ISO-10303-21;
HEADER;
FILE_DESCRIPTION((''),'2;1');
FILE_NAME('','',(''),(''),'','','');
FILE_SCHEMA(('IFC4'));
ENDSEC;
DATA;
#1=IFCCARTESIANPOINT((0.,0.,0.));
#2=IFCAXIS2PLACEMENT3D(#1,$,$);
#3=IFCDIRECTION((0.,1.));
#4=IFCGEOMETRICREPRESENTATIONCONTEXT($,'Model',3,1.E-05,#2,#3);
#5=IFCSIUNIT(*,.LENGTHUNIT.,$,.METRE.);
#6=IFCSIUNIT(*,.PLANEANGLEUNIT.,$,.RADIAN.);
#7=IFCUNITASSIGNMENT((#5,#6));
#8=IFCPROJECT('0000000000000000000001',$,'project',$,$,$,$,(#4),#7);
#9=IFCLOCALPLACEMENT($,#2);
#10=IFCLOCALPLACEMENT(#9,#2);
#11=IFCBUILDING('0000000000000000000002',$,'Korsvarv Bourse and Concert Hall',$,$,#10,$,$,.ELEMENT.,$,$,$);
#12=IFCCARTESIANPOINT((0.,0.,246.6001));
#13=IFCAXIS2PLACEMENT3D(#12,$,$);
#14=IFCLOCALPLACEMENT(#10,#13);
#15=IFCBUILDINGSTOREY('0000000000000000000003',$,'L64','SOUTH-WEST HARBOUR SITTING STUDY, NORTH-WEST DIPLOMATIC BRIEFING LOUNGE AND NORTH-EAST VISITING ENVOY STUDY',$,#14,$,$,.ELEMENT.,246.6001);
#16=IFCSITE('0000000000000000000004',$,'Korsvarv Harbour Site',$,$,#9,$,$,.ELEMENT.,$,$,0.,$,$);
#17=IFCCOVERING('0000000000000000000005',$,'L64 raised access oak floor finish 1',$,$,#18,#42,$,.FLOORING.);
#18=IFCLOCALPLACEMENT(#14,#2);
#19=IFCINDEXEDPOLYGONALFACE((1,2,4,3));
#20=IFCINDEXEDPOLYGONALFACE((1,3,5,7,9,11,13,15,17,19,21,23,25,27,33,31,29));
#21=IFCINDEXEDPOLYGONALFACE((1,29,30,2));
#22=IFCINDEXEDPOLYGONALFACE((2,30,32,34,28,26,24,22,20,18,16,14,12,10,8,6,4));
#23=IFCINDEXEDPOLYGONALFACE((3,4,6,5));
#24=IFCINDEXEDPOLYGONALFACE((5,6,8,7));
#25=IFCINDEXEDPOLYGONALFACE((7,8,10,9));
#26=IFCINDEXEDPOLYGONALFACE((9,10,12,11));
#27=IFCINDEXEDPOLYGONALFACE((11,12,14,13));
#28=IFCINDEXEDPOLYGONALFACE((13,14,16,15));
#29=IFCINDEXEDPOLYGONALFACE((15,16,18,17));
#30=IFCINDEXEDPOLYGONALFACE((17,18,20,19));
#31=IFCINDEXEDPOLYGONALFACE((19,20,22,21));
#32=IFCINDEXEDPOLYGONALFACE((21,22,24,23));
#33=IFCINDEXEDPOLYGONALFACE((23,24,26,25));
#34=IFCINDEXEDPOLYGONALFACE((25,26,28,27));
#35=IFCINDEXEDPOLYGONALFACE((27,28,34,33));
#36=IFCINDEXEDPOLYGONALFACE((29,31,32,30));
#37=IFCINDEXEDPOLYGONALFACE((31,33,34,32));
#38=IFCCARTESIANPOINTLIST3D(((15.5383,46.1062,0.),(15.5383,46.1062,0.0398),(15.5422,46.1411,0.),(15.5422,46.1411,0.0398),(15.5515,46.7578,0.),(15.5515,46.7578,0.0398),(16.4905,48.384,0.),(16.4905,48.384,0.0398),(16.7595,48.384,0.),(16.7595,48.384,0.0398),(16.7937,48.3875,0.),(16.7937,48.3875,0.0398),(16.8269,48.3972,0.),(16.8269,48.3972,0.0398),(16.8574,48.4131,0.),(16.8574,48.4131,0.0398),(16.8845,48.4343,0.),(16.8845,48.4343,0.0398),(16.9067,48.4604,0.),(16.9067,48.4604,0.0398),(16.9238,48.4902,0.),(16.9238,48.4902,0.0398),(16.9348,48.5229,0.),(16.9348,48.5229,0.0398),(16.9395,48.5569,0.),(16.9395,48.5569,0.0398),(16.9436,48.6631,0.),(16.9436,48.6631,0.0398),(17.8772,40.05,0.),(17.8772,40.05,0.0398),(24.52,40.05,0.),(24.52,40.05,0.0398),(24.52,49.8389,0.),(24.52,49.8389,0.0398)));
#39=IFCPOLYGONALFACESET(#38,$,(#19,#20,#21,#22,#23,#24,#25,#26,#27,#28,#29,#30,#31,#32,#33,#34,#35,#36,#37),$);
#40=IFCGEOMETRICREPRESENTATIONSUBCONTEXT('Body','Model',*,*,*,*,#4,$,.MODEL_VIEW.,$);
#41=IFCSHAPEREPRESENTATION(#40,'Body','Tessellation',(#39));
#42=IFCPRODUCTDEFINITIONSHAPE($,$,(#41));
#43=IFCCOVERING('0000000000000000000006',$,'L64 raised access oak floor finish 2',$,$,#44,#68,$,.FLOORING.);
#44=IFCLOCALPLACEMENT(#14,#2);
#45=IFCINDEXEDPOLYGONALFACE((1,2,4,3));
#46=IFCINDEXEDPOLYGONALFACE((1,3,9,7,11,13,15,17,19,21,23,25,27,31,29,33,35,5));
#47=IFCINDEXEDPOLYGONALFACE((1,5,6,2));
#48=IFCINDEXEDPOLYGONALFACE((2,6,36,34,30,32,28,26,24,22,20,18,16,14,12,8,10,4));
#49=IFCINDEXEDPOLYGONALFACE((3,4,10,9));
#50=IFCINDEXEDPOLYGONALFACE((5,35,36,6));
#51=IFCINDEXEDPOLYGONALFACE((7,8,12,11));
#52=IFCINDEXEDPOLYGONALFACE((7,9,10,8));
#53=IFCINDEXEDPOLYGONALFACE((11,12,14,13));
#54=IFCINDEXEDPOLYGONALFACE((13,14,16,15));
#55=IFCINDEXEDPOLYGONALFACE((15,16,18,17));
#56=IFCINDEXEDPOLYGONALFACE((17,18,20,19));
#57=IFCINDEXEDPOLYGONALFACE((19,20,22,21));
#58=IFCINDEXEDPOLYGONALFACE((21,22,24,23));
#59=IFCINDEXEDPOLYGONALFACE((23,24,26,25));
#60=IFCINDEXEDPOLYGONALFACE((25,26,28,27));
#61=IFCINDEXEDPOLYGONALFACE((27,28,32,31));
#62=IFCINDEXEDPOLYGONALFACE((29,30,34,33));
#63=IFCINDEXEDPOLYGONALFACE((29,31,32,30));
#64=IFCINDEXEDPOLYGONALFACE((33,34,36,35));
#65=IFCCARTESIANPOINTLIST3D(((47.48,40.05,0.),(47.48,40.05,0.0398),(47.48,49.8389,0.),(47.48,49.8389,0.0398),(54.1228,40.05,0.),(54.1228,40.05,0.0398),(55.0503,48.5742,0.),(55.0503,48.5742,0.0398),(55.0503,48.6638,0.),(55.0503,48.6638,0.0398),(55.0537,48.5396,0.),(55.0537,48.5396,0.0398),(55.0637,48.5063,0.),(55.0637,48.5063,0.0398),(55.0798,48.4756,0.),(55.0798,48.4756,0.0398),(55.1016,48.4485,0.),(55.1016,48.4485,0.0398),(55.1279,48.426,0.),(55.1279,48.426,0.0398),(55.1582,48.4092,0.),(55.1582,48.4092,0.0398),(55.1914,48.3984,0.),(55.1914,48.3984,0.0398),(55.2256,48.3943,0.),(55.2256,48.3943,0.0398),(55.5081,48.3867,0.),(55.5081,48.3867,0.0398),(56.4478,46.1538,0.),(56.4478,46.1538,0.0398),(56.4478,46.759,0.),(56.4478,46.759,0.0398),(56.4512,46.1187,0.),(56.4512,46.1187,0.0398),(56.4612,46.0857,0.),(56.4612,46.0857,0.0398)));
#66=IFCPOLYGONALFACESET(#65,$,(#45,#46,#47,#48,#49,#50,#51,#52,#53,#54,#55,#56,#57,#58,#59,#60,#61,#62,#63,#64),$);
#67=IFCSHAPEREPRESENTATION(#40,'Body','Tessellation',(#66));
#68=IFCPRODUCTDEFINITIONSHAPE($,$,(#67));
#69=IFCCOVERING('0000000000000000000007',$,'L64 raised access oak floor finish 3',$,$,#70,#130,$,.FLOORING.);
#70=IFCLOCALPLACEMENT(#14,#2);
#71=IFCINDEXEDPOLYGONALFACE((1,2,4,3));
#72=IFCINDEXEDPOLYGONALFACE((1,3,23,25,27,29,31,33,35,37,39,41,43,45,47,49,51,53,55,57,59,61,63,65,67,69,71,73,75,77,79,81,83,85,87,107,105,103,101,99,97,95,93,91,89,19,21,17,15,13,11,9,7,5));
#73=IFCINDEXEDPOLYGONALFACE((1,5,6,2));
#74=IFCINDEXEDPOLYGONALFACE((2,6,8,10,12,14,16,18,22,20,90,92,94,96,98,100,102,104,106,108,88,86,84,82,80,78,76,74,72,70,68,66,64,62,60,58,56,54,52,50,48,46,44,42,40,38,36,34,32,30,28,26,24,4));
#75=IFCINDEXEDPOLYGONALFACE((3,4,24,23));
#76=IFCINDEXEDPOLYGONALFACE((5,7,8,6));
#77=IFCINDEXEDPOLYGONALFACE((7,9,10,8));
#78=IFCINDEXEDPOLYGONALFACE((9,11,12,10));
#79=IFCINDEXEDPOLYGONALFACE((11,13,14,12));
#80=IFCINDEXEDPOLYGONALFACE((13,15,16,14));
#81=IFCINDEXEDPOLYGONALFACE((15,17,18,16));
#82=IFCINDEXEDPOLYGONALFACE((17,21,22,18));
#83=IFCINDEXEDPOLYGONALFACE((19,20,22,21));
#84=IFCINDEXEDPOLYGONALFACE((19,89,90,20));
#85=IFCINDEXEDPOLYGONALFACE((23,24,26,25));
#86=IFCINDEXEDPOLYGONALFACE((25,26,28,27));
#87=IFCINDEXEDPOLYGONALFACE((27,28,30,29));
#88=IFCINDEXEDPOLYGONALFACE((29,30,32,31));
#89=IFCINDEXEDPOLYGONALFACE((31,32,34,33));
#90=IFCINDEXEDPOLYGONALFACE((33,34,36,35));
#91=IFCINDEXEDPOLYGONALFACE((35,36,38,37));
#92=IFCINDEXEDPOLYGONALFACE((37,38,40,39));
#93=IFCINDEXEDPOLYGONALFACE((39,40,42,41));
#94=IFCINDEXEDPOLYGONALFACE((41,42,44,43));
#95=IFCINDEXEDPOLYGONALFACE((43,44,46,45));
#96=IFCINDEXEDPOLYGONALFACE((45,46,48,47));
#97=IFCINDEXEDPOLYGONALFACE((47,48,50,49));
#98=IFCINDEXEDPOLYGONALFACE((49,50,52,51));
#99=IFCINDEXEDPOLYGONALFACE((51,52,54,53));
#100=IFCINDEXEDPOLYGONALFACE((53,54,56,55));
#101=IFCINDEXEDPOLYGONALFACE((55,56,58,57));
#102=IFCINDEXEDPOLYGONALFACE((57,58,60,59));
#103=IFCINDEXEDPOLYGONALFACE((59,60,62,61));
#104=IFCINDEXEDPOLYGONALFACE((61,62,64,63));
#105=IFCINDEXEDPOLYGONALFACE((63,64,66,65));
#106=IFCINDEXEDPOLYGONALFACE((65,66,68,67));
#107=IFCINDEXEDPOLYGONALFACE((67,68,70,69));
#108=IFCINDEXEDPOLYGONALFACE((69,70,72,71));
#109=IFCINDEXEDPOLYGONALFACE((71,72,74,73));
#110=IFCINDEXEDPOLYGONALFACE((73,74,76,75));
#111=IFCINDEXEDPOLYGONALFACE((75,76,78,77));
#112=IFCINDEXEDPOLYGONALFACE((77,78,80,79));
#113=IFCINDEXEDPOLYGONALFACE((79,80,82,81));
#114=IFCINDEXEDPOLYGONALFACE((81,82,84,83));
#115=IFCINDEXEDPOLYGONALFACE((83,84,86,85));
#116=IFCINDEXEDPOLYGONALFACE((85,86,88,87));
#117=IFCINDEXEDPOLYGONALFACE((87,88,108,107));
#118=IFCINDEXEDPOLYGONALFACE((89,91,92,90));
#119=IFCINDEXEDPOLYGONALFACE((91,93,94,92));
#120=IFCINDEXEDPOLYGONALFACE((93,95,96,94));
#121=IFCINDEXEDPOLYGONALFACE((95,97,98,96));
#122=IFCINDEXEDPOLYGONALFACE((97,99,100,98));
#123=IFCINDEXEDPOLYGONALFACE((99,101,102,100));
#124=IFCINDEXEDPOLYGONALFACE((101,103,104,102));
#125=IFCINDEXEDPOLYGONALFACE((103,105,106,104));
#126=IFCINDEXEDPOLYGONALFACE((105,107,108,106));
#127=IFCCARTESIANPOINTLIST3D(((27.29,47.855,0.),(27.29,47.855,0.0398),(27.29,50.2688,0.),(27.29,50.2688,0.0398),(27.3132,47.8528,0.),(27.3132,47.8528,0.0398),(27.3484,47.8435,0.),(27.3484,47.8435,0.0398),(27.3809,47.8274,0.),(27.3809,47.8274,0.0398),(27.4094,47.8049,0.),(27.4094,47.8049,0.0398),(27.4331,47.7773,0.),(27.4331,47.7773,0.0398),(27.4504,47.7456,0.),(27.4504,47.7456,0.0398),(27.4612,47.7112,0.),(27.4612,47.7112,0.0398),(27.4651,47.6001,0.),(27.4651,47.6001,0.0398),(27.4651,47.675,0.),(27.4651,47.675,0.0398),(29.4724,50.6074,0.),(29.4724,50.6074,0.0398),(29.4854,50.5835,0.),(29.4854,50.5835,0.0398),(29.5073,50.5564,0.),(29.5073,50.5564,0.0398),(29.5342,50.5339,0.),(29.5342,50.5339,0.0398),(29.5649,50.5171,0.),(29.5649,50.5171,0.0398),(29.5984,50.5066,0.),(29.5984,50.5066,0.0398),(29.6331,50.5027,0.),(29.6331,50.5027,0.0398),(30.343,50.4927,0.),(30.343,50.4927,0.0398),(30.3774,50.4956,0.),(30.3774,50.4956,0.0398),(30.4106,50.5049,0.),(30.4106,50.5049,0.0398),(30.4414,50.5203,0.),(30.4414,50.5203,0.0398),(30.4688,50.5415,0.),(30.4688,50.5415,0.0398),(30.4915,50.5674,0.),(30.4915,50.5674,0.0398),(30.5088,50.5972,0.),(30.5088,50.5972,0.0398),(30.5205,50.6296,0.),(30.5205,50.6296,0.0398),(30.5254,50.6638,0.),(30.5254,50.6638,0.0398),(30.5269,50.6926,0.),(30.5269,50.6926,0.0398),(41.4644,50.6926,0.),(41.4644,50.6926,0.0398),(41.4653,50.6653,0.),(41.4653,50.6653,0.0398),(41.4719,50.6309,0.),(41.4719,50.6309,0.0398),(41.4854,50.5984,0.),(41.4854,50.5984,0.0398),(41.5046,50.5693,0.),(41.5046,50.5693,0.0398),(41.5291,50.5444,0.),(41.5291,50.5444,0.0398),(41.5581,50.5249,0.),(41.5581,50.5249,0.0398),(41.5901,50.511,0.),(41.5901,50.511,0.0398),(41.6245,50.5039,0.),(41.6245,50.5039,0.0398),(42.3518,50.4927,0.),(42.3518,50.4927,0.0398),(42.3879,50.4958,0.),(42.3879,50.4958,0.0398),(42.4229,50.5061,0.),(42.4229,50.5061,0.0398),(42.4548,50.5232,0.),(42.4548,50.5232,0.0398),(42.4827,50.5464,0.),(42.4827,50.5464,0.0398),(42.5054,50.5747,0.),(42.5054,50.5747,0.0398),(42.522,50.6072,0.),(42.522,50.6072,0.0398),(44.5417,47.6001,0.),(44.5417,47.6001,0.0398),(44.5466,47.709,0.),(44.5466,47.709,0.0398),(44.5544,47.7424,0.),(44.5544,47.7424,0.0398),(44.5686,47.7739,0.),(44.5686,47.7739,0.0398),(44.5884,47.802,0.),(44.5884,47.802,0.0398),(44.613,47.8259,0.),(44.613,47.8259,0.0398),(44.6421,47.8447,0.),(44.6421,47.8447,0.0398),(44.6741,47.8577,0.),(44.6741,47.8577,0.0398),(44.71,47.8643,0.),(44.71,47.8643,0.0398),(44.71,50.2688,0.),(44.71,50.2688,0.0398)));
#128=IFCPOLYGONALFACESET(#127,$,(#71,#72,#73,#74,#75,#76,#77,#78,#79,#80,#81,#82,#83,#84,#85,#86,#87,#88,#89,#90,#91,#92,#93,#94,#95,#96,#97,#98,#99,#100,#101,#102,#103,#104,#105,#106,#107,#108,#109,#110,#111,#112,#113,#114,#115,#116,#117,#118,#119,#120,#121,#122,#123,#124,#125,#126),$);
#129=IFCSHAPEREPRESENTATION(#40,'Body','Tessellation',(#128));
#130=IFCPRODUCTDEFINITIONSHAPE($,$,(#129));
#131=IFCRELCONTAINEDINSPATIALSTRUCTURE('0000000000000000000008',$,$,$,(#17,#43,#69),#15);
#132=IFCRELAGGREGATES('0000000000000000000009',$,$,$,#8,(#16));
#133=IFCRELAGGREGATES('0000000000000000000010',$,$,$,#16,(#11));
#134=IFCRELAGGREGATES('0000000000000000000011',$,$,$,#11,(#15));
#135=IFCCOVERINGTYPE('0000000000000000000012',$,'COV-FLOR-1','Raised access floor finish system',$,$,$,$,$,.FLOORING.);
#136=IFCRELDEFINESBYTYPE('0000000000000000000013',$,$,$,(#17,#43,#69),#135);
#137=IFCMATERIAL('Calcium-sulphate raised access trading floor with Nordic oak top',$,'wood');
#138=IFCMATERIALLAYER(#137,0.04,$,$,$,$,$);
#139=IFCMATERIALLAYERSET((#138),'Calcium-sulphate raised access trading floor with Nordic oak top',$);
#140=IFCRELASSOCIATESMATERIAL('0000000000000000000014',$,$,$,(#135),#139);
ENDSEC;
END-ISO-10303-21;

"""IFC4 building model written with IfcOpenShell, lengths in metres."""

from ifc_helpers import new_model, si_unit, direction, frame, origin, place, context, subcontext, project, spatial, polyline, outline, extrude, material, layer, layer_set, type_object, element, save


model = new_model("IFC4")

# Units and contexts
model_context = context("Model", 3, precision=1e-05, world=origin(), true_north=direction((0.0, 1.0)))
body_context = subcontext(model_context, "Body", "Model", "MODEL_VIEW")
ifc_project = project(units=[si_unit("LENGTHUNIT", "METRE"), si_unit("PLANEANGLEUNIT", "RADIAN")], contexts=[model_context])

# Site, building, storey
site_placement = place(None, origin())
site = spatial("IfcSite", under=ifc_project, at=site_placement, Name="Korsvarv Harbour Site", CompositionType="ELEMENT", RefElevation=0.0)
building_placement = place(site_placement, origin())
building = spatial("IfcBuilding", under=site, at=building_placement, Name="Korsvarv Bourse and Concert Hall", CompositionType="ELEMENT")
storey_placement = place(building_placement, frame((0.0, 0.0, 246.6001)))
storey = spatial("IfcBuildingStorey", under=building, at=storey_placement, Name="L64", Description="SOUTH-WEST HARBOUR SITTING STUDY, NORTH-WEST DIPLOMATIC BRIEFING LOUNGE AND NORTH-EAST VISITING ENVOY STUDY", CompositionType="ELEMENT", Elevation=246.6001)

# Coverings
ifc_material_1 = material(Name="Calcium-sulphate raised access trading floor with Nordic oak top", Category="wood")
ifc_layer_1 = layer(ifc_material_1, 0.04)
ifc_layer_set_1 = layer_set([ifc_layer_1], Name="Calcium-sulphate raised access trading floor with Nordic oak top")
covering_type_1 = type_object("IfcCoveringType", Name="COV-FLOR-1", Description="Raised access floor finish system", PredefinedType="FLOORING", material=ifc_layer_set_1)
covering_1_placement = place(storey_placement, origin())
element("IfcCovering", 1, at=covering_1_placement, inside=storey, type_object=covering_type_1, Name="L64 raised access oak floor finish 1", PredefinedType="FLOORING", context=body_context, shape_type="SweptSolid", body=[
    extrude(outline(polyline([(15.5383, 46.1062), (15.5422, 46.1411), (15.5515, 46.7578), (16.4905, 48.384), (16.7595, 48.384), (16.7937, 48.3875), (16.8269, 48.3972), (16.8574, 48.4131), (16.8845, 48.4343), (16.9067, 48.4604), (16.9238, 48.4902), (16.9348, 48.5229), (16.9395, 48.5569), (16.9436, 48.6631), (24.52, 49.8389), (24.52, 40.05), (17.8772, 40.05), (15.5383, 46.1062)])), origin(), (0.0, 0.0, 1.0), 0.0398),
])
covering_2_placement = place(storey_placement, origin())
element("IfcCovering", 2, at=covering_2_placement, inside=storey, type_object=covering_type_1, Name="L64 raised access oak floor finish 2", PredefinedType="FLOORING", context=body_context, shape_type="SweptSolid", body=[
    extrude(outline(polyline([(55.0503, 48.5742), (55.0537, 48.5396), (55.0637, 48.5063), (55.0798, 48.4756), (55.1016, 48.4485), (55.1279, 48.426), (55.1582, 48.4092), (55.1914, 48.3984), (55.2256, 48.3943), (55.5081, 48.3867), (56.4478, 46.759), (56.4478, 46.1538), (56.4512, 46.1187), (56.4612, 46.0857), (54.1228, 40.05), (47.48, 40.05), (47.48, 49.8389), (55.0503, 48.6638), (55.0503, 48.5742)])), origin(), (0.0, 0.0, 1.0), 0.0398),
])
covering_3_placement = place(storey_placement, origin())
element("IfcCovering", 3, at=covering_3_placement, inside=storey, type_object=covering_type_1, Name="L64 raised access oak floor finish 3", PredefinedType="FLOORING", context=body_context, shape_type="SweptSolid", body=[
    extrude(outline(polyline([(29.4724, 50.6074), (29.4854, 50.5835), (29.5073, 50.5564), (29.5342, 50.5339), (29.5649, 50.5171), (29.5984, 50.5066), (29.6331, 50.5027), (30.343, 50.4927), (30.3774, 50.4956), (30.4106, 50.5049), (30.4414, 50.5203), (30.4688, 50.5415), (30.4915, 50.5674), (30.5088, 50.5972), (30.5205, 50.6296), (30.5254, 50.6638), (30.5269, 50.6926), (41.4644, 50.6926), (41.4653, 50.6653), (41.4719, 50.6309), (41.4854, 50.5984), (41.5046, 50.5693), (41.5291, 50.5444), (41.5581, 50.5249), (41.5901, 50.511), (41.6245, 50.5039), (42.3518, 50.4927), (42.3879, 50.4958), (42.4229, 50.5061), (42.4548, 50.5232), (42.4827, 50.5464), (42.5054, 50.5747), (42.522, 50.6072), (44.71, 50.2688), (44.71, 47.8643), (44.6741, 47.8577), (44.6421, 47.8447), (44.613, 47.8259), (44.5884, 47.802), (44.5686, 47.7739), (44.5544, 47.7424), (44.5466, 47.709), (44.5417, 47.6001), (27.4651, 47.6001), (27.4651, 47.675), (27.4612, 47.7112), (27.4504, 47.7456), (27.4331, 47.7773), (27.4094, 47.8049), (27.3809, 47.8274), (27.3484, 47.8435), (27.3132, 47.8528), (27.29, 47.855), (27.29, 50.2688), (29.4724, 50.6074)])), origin(), (0.0, 0.0, 1.0), 0.0398),
])

save(model, "model.ifc")
